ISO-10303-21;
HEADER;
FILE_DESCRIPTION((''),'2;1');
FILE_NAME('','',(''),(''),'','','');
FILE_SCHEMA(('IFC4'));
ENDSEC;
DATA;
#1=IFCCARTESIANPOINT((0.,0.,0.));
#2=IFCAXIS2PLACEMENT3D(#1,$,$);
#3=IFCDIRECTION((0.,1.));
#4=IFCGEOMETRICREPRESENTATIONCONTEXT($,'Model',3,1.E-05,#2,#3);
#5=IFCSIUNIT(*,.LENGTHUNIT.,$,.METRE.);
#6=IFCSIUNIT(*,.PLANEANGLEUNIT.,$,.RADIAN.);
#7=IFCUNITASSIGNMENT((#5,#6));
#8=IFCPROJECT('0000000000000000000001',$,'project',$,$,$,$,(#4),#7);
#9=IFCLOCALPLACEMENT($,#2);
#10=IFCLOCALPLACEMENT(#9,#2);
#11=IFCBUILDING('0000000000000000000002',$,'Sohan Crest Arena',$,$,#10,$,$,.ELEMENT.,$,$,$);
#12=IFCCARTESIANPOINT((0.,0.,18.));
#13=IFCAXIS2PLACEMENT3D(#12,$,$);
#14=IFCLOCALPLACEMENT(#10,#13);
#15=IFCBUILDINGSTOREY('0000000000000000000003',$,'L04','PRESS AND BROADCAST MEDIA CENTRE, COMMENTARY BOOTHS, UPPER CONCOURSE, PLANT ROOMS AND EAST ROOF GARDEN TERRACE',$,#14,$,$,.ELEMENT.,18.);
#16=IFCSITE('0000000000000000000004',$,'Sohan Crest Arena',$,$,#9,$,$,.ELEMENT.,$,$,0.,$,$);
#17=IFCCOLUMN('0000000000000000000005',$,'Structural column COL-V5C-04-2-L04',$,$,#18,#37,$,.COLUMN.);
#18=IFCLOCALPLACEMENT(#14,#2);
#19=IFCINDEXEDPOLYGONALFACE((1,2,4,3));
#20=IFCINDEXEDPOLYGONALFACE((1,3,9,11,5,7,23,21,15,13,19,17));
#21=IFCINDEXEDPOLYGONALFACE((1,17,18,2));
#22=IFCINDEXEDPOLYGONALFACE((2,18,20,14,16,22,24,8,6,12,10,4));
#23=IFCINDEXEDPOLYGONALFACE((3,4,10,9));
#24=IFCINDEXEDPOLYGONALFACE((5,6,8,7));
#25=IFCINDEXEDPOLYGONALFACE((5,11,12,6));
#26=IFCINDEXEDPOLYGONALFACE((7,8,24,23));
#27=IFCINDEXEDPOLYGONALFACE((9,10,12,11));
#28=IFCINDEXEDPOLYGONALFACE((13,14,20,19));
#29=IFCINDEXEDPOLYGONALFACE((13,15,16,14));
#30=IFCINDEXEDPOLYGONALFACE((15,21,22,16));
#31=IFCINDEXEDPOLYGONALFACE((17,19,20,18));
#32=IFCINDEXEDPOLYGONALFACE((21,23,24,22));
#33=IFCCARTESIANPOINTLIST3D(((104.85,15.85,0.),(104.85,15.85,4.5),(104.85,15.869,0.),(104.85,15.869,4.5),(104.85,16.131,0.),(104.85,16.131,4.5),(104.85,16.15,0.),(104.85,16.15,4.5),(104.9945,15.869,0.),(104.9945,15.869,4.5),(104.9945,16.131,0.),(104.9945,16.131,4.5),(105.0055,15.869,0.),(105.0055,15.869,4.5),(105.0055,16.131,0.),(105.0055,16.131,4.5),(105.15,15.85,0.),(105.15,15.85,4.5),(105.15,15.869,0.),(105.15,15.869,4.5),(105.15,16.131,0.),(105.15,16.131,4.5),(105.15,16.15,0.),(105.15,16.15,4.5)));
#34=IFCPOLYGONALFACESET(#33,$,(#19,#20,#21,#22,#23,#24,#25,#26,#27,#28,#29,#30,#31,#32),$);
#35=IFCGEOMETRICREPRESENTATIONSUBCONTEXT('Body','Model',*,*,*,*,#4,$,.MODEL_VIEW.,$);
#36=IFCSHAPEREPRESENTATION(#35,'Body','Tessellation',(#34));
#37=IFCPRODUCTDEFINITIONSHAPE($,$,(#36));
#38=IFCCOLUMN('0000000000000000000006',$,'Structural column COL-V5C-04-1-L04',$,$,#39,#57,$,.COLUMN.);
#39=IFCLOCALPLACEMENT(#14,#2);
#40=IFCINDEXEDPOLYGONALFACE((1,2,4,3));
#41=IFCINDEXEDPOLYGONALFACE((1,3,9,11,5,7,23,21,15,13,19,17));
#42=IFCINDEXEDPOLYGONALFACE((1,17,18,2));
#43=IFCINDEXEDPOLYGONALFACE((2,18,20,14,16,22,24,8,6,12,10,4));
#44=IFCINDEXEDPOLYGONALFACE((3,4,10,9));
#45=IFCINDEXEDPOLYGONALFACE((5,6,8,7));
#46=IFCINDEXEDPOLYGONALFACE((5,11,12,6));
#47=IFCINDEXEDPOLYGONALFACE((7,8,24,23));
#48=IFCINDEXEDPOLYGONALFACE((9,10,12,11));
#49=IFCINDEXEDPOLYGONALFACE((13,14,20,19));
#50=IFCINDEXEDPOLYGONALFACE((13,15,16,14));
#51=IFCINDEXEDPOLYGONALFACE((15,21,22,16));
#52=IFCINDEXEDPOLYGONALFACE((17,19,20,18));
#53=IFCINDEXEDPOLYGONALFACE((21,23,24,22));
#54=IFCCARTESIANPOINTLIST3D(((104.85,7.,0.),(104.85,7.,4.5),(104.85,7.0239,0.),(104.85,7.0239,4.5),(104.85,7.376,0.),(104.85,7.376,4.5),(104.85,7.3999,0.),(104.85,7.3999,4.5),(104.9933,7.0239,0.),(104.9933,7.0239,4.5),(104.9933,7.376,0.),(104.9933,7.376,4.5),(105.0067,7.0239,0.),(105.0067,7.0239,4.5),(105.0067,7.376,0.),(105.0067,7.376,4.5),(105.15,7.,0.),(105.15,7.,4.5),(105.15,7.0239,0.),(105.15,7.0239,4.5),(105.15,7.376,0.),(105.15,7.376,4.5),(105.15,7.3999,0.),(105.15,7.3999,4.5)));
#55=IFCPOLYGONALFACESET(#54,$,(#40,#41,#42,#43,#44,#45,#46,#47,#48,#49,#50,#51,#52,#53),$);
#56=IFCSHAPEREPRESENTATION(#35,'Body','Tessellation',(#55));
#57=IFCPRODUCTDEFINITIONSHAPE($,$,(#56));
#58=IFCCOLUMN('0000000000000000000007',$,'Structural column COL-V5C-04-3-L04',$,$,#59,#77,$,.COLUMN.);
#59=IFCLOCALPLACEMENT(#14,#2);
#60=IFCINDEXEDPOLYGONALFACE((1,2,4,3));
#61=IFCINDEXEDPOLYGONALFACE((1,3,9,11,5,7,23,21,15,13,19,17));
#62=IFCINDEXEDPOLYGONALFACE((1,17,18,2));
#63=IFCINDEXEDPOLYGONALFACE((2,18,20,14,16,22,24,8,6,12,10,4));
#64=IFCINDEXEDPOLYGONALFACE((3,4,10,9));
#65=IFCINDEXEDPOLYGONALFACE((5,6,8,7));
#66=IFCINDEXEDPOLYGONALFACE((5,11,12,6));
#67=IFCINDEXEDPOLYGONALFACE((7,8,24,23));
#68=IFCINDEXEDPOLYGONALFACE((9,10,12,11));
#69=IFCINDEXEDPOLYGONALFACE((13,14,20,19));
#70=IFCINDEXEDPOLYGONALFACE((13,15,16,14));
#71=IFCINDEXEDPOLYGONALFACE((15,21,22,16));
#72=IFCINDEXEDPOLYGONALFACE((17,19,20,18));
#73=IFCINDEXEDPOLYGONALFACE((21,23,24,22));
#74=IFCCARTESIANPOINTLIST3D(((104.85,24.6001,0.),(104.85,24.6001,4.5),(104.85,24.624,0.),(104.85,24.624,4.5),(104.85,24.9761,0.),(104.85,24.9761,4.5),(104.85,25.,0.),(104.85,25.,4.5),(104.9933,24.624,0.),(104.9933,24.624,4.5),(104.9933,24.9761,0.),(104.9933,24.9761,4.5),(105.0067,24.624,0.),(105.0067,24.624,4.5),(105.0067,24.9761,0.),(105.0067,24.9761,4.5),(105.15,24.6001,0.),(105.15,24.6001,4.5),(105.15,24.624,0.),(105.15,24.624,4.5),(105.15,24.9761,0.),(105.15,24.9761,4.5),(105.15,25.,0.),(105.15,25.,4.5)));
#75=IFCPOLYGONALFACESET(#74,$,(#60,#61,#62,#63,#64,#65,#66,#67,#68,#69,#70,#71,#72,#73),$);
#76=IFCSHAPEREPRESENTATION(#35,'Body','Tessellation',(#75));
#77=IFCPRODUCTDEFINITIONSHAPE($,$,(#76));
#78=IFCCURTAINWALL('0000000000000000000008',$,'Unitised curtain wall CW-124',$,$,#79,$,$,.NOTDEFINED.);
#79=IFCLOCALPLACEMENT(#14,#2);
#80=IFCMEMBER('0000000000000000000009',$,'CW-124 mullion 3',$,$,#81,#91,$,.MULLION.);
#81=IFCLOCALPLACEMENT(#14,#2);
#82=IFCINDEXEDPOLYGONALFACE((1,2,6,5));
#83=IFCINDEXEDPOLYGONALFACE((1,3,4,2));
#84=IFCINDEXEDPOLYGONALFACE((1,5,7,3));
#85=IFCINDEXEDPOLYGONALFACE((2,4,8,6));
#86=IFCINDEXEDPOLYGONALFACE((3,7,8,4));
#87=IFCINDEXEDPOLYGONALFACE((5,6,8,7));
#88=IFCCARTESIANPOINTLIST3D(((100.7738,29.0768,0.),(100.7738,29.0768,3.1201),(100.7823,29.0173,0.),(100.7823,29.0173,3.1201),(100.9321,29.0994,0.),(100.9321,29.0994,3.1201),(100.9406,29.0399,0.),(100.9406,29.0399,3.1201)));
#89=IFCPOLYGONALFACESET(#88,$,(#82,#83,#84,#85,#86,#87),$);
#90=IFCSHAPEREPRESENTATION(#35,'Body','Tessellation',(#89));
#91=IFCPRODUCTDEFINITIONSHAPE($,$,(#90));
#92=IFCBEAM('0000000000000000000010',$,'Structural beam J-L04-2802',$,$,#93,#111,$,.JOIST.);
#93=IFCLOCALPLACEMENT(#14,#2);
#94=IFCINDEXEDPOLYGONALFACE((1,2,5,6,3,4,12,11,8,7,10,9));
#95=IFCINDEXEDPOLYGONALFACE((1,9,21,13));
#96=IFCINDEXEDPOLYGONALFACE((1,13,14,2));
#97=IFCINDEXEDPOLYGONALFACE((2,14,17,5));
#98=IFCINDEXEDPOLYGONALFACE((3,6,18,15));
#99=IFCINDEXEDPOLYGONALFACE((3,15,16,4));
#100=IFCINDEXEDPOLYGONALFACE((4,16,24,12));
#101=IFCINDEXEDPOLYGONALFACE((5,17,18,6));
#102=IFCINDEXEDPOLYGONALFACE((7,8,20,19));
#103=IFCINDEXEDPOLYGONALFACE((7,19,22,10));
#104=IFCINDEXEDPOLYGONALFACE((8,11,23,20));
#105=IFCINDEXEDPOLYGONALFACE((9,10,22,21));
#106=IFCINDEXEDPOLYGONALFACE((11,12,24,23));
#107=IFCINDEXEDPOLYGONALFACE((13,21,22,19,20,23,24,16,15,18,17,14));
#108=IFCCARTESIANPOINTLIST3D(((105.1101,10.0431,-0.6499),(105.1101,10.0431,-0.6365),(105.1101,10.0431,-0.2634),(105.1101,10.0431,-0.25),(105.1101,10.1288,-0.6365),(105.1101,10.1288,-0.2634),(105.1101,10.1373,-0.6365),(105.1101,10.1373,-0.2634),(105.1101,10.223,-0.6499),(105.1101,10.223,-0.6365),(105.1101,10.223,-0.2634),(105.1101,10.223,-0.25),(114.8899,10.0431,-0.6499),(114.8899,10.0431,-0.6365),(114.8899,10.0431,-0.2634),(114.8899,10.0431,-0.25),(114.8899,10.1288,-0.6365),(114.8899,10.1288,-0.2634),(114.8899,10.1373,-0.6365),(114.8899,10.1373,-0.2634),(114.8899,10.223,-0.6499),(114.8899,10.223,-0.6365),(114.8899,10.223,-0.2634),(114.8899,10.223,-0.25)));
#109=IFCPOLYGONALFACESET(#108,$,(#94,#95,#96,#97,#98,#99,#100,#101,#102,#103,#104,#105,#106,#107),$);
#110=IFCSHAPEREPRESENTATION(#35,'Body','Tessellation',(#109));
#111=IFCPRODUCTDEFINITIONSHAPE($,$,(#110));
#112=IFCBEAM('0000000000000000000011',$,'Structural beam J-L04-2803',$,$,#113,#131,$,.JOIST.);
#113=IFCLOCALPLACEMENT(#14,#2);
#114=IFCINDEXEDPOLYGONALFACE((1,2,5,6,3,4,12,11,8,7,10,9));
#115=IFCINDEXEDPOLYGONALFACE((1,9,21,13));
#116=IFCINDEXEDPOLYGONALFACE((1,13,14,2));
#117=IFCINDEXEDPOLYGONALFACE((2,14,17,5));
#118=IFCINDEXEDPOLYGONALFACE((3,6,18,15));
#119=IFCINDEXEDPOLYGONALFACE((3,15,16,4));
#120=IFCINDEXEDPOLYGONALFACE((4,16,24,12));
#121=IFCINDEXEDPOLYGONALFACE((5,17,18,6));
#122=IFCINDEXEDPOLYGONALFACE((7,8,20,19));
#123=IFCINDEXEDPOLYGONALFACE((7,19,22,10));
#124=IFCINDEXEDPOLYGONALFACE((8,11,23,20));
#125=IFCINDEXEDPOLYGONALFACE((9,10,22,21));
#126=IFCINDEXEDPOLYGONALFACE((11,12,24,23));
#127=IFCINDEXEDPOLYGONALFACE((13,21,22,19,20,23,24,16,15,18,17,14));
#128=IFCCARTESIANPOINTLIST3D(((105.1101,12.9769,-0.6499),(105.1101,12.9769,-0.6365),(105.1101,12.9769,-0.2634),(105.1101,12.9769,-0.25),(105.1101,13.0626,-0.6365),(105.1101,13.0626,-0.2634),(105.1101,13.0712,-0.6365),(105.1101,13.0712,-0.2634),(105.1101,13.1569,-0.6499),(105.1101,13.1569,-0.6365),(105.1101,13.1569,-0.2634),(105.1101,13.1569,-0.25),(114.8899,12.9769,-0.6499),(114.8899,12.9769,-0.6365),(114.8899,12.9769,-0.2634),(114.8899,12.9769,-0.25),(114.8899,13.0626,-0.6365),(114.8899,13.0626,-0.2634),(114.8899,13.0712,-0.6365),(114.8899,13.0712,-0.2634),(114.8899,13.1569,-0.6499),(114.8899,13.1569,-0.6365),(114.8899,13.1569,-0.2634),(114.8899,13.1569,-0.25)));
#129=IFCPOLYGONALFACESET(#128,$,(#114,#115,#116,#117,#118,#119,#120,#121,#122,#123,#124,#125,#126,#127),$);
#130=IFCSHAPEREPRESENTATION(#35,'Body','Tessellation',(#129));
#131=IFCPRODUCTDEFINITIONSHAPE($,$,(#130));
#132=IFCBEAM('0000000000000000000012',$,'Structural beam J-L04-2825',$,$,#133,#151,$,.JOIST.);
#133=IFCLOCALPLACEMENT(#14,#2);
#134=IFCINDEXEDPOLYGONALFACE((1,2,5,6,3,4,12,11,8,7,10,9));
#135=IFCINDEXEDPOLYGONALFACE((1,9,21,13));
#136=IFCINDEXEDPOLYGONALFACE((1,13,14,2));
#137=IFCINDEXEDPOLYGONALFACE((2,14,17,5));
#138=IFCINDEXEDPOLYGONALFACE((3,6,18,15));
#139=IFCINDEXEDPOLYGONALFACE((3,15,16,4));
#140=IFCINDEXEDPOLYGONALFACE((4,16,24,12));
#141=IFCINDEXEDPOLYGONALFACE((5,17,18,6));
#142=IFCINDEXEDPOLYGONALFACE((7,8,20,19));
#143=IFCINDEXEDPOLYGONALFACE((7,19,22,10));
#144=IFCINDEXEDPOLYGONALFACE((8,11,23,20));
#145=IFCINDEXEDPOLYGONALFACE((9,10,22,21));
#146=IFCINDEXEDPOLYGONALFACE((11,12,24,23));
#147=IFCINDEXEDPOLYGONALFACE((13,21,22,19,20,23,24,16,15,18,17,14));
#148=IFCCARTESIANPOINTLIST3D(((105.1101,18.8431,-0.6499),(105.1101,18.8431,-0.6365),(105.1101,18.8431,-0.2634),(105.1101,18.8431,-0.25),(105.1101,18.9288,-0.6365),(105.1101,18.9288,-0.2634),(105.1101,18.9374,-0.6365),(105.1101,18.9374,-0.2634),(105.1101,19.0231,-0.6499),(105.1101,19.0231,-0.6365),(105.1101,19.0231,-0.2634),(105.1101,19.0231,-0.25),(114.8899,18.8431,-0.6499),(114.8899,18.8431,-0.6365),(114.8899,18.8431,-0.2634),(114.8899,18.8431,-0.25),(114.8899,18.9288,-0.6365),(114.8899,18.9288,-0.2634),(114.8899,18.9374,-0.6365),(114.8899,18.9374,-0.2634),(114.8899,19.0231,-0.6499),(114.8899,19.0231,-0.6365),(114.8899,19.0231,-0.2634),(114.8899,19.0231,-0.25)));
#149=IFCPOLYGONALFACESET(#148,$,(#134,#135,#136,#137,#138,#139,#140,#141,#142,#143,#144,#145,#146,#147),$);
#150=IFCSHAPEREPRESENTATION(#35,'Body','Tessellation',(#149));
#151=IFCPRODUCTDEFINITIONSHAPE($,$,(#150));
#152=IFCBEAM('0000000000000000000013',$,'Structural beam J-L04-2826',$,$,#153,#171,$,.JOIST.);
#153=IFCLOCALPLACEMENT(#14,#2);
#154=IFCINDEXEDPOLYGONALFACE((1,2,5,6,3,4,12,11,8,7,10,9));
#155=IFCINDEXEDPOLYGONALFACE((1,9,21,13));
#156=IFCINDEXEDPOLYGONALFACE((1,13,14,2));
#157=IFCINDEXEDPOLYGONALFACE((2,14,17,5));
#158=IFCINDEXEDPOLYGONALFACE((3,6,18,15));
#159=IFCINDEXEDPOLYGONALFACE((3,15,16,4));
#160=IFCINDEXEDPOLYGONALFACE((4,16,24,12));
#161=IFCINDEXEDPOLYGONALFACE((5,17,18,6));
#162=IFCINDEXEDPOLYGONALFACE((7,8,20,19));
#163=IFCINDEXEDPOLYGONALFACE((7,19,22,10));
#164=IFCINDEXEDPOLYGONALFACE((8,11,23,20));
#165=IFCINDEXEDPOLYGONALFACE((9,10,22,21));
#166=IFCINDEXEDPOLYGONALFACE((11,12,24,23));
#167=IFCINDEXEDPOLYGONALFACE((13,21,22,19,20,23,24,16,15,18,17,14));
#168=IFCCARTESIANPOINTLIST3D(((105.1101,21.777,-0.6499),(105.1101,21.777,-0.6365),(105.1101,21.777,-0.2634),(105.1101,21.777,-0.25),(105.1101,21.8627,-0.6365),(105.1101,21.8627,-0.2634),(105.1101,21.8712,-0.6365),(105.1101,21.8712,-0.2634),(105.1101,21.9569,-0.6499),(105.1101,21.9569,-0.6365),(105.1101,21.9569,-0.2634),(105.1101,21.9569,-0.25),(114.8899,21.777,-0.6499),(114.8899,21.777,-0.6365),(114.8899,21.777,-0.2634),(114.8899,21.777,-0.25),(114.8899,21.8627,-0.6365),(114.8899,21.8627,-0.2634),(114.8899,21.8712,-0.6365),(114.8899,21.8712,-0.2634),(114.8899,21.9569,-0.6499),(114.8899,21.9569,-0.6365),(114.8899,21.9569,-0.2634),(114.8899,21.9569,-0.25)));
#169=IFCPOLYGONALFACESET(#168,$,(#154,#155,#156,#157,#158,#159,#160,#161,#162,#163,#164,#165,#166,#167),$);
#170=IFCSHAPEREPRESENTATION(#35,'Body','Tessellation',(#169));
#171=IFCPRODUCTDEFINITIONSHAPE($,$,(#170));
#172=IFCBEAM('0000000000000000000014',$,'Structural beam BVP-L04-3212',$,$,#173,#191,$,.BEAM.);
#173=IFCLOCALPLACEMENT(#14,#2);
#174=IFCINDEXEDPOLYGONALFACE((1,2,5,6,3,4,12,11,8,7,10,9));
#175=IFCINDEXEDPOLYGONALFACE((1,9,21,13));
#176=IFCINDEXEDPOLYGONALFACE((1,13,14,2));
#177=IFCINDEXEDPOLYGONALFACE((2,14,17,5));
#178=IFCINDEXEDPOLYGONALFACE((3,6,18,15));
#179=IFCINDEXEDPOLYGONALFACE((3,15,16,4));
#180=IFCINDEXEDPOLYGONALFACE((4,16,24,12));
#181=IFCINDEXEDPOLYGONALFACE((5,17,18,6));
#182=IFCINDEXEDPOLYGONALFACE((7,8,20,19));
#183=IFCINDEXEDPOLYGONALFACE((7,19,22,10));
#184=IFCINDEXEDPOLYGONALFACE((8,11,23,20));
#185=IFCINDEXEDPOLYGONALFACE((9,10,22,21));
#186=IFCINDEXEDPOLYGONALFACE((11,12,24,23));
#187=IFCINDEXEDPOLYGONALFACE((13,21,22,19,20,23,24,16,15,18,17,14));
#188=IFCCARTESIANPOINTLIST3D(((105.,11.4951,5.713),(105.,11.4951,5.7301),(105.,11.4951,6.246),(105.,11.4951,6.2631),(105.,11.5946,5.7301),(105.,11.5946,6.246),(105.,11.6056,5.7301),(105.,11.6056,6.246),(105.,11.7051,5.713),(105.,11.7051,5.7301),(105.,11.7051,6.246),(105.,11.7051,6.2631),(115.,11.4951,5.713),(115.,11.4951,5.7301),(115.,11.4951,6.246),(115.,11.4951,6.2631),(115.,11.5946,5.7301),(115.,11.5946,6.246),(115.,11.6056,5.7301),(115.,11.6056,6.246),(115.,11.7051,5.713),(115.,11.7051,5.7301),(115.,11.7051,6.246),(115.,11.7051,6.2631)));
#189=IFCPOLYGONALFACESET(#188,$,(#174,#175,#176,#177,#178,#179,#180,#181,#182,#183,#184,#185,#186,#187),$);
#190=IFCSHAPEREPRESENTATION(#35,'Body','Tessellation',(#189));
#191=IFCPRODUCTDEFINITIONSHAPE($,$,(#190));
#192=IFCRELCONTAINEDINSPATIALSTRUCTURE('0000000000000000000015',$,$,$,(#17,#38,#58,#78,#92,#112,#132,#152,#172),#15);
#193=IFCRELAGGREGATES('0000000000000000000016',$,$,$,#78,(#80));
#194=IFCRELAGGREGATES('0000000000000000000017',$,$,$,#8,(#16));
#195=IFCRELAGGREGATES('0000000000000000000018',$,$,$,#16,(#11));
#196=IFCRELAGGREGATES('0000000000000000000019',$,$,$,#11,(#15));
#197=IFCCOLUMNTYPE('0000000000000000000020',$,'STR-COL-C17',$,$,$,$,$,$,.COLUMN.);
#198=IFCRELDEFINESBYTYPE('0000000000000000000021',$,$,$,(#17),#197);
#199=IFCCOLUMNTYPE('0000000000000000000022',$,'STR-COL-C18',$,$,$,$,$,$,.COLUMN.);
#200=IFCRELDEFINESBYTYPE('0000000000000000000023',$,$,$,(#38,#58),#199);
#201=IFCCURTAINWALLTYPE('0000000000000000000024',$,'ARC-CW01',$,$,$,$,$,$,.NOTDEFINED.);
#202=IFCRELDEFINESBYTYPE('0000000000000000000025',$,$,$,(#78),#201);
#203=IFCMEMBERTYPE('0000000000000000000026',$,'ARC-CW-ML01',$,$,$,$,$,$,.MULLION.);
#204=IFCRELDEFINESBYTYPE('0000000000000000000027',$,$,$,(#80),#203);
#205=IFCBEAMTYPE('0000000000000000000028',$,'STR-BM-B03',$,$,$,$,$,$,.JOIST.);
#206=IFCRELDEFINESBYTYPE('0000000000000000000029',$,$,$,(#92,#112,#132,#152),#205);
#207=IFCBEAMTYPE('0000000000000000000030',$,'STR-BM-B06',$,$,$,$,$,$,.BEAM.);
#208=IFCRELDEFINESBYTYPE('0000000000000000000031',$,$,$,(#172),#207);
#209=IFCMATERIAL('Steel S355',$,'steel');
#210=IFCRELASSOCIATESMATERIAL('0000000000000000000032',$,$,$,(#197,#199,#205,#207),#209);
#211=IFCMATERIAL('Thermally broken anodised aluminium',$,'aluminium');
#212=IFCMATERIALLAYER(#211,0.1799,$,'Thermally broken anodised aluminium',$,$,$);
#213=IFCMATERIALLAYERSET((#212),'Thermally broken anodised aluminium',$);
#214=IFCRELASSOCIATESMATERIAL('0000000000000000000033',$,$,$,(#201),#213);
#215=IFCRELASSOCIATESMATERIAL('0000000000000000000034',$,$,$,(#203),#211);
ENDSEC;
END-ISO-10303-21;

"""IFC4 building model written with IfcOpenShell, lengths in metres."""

from ifc_helpers import new_model, si_unit, direction, frame, origin, origin_2d, place, context, subcontext, project, spatial, rectangle, i_section, extrude, material, layer, layer_set, material_profile, profile_set, type_object, element, aggregate, save


model = new_model("IFC4")

# Units and contexts
model_context = context("Model", 3, precision=1e-05, world=origin(), true_north=direction((0.0, 1.0)))
body_context = subcontext(model_context, "Body", "Model", "MODEL_VIEW")
ifc_project = project(units=[si_unit("LENGTHUNIT", "METRE"), si_unit("PLANEANGLEUNIT", "RADIAN")], contexts=[model_context])

# Site, building, storey
site_placement = place(None, origin())
site = spatial("IfcSite", under=ifc_project, at=site_placement, Name="Sohan Crest Arena", CompositionType="ELEMENT", RefElevation=0.0)
building_placement = place(site_placement, origin())
building = spatial("IfcBuilding", under=site, at=building_placement, Name="Sohan Crest Arena", CompositionType="ELEMENT")
storey_placement = place(building_placement, frame((0.0, 0.0, 18.0)))
storey = spatial("IfcBuildingStorey", under=building, at=storey_placement, Name="L04", Description="PRESS AND BROADCAST MEDIA CENTRE, COMMENTARY BOOTHS, UPPER CONCOURSE, PLANT ROOMS AND EAST ROOF GARDEN TERRACE", CompositionType="ELEMENT", Elevation=18.0)

# Columns
ifc_material_1 = material(Name="Steel S355", Category="steel")
ifc_material_profile_1 = material_profile(ifc_material_1, i_section(OverallWidth=0.3, OverallDepth=0.3, WebThickness=0.011, FlangeThickness=0.019, at=origin_2d()), Name="HEB 300")
ifc_profile_set_1 = profile_set([ifc_material_profile_1], Name="Steel S355")
column_type_1 = type_object("IfcColumnType", Name="STR-COL-C17", PredefinedType="COLUMN", material=ifc_profile_set_1)
column_placement = place(storey_placement, frame((105.0, 16.0, 0.0), z_axis=(0.0, 0.0, 1.0), x_axis=(1.0, 0.0, 0.0)))
element("IfcColumn", 1, at=column_placement, inside=storey, type_object=column_type_1, Name="Structural column COL-V5C-04-2-L04", PredefinedType="COLUMN", context=body_context, shape_type="SweptSolid", body=[
    extrude(i_section(OverallWidth=0.3, OverallDepth=0.3, WebThickness=0.011, FlangeThickness=0.019, at=origin_2d()), origin(), (0.0, 0.0, 1.0), 4.5),
])
ifc_material_profile_2 = material_profile(ifc_material_1, i_section(OverallWidth=0.3, OverallDepth=0.3999, WebThickness=0.0134, FlangeThickness=0.0239, at=origin_2d()), Name="HEB 400")
ifc_profile_set_2 = profile_set([ifc_material_profile_2], Name="Steel S355")
column_type_2 = type_object("IfcColumnType", Name="STR-COL-C18", PredefinedType="COLUMN", material=ifc_profile_set_2)
for number, where, z_axis, x_axis, name in (
    (2, (105.0, 7.2, 0.0), (0.0, 0.0, 1.0), (1.0, 0.0, 0.0), "Structural column COL-V5C-04-1-L04"),
    (3, (105.0, 24.8, 0.0), (0.0, 0.0, 1.0), (1.0, 0.0, 0.0), "Structural column COL-V5C-04-3-L04"),
):
    element("IfcColumn", number, at=place(storey_placement, frame(where, z_axis=z_axis, x_axis=x_axis)), inside=storey, type_object=column_type_2, Name=name, PredefinedType="COLUMN", context=body_context, shape_type="SweptSolid", body=[
        extrude(i_section(OverallWidth=0.3, OverallDepth=0.3999, WebThickness=0.0134, FlangeThickness=0.0239, at=origin_2d()), origin(), (0.0, 0.0, 1.0), 4.5),
    ])

# Curtain wall, member
ifc_material_2 = material(Name="Thermally broken anodised aluminium", Category="aluminium")
ifc_layer_1 = layer(ifc_material_2, 0.1799, Name="Thermally broken anodised aluminium")
ifc_layer_set_1 = layer_set([ifc_layer_1], Name="Thermally broken anodised aluminium")
curtain_wall_type = type_object("IfcCurtainWallType", Name="ARC-CW01", PredefinedType="NOTDEFINED", material=ifc_layer_set_1)
curtain_wall_placement = place(storey_placement, origin())
curtain_wall = element("IfcCurtainWall", 4, at=curtain_wall_placement, inside=storey, type_object=curtain_wall_type, Name="Unitised curtain wall CW-124", PredefinedType="NOTDEFINED")
ifc_material_profile_3 = material_profile(ifc_material_2, rectangle(XDim=0.0601, YDim=0.1599, at=origin_2d()), Name="ALU-MULL 60x160")
ifc_profile_set_3 = profile_set([ifc_material_profile_3], Name="Thermally broken anodised aluminium")
member_type = type_object("IfcMemberType", Name="ARC-CW-ML01", PredefinedType="MULLION", material=ifc_profile_set_3)
member_placement = place(storey_placement, frame((100.8572, 29.0583, 0.0), z_axis=(0.0, 0.0, 1.0), x_axis=(-0.141463, 0.989944, 0.0)))
member = element("IfcMember", 5, at=member_placement, type_object=member_type, Name="CW-124 mullion 3", PredefinedType="MULLION", context=body_context, shape_type="SweptSolid", body=[
    extrude(rectangle(XDim=0.0601, YDim=0.1599, at=origin_2d()), origin(), (0.0, 0.0, 1.0), 3.1201),
])

# Beams
ifc_material_profile_4 = material_profile(ifc_material_1, i_section(OverallWidth=0.1799, OverallDepth=0.3999, WebThickness=0.0085, FlangeThickness=0.0134, at=origin_2d()), Name="IPE 400")
ifc_profile_set_4 = profile_set([ifc_material_profile_4], Name="Steel S355")
beam_type_1 = type_object("IfcBeamType", Name="STR-BM-B03", PredefinedType="JOIST", material=ifc_profile_set_4)
for number, where, z_axis, x_axis, name in (
    (6, (105.1101, 10.1331, -0.45), (1.0, 0.0, 0.0), (0.0, 1.0, 0.0), "Structural beam J-L04-2802"),
    (7, (105.1101, 13.0669, -0.45), (1.0, 0.0, 0.0), (0.0, 1.0, 0.0), "Structural beam J-L04-2803"),
    (8, (105.1101, 18.9331, -0.45), (1.0, 0.0, 0.0), (0.0, 1.0, 0.0), "Structural beam J-L04-2825"),
    (9, (105.1101, 21.8669, -0.45), (1.0, 0.0, 0.0), (0.0, 1.0, 0.0), "Structural beam J-L04-2826"),
):
    element("IfcBeam", number, at=place(storey_placement, frame(where, z_axis=z_axis, x_axis=x_axis)), inside=storey, type_object=beam_type_1, Name=name, PredefinedType="JOIST", context=body_context, shape_type="SweptSolid", body=[
        extrude(i_section(OverallWidth=0.1799, OverallDepth=0.3999, WebThickness=0.0085, FlangeThickness=0.0134, at=origin_2d()), origin(), (0.0, 0.0, 1.0), 9.7798),
    ])
ifc_material_profile_5 = material_profile(ifc_material_1, i_section(OverallWidth=0.21, OverallDepth=0.55, WebThickness=0.011, FlangeThickness=0.0171, at=origin_2d()), Name="IPE 550")
ifc_profile_set_5 = profile_set([ifc_material_profile_5], Name="Steel S355")
beam_type_2 = type_object("IfcBeamType", Name="STR-BM-B06", PredefinedType="BEAM", material=ifc_profile_set_5)
for number, where, z_axis, x_axis, name in (
    (10, (105.0, 11.6001, 5.988), (1.0, 0.0, 0.0), (0.0, 1.0, 0.0), "Structural beam BVP-L04-3212"),
):
    element("IfcBeam", number, at=place(storey_placement, frame(where, z_axis=z_axis, x_axis=x_axis)), inside=storey, type_object=beam_type_2, Name=name, PredefinedType="BEAM", context=body_context, shape_type="SweptSolid", body=[
        extrude(i_section(OverallWidth=0.21, OverallDepth=0.55, WebThickness=0.011, FlangeThickness=0.0171, at=origin_2d()), origin(), (0.0, 0.0, 1.0), 10.0),
    ])

aggregate(curtain_wall, [member])

save(model, "model.ifc")
